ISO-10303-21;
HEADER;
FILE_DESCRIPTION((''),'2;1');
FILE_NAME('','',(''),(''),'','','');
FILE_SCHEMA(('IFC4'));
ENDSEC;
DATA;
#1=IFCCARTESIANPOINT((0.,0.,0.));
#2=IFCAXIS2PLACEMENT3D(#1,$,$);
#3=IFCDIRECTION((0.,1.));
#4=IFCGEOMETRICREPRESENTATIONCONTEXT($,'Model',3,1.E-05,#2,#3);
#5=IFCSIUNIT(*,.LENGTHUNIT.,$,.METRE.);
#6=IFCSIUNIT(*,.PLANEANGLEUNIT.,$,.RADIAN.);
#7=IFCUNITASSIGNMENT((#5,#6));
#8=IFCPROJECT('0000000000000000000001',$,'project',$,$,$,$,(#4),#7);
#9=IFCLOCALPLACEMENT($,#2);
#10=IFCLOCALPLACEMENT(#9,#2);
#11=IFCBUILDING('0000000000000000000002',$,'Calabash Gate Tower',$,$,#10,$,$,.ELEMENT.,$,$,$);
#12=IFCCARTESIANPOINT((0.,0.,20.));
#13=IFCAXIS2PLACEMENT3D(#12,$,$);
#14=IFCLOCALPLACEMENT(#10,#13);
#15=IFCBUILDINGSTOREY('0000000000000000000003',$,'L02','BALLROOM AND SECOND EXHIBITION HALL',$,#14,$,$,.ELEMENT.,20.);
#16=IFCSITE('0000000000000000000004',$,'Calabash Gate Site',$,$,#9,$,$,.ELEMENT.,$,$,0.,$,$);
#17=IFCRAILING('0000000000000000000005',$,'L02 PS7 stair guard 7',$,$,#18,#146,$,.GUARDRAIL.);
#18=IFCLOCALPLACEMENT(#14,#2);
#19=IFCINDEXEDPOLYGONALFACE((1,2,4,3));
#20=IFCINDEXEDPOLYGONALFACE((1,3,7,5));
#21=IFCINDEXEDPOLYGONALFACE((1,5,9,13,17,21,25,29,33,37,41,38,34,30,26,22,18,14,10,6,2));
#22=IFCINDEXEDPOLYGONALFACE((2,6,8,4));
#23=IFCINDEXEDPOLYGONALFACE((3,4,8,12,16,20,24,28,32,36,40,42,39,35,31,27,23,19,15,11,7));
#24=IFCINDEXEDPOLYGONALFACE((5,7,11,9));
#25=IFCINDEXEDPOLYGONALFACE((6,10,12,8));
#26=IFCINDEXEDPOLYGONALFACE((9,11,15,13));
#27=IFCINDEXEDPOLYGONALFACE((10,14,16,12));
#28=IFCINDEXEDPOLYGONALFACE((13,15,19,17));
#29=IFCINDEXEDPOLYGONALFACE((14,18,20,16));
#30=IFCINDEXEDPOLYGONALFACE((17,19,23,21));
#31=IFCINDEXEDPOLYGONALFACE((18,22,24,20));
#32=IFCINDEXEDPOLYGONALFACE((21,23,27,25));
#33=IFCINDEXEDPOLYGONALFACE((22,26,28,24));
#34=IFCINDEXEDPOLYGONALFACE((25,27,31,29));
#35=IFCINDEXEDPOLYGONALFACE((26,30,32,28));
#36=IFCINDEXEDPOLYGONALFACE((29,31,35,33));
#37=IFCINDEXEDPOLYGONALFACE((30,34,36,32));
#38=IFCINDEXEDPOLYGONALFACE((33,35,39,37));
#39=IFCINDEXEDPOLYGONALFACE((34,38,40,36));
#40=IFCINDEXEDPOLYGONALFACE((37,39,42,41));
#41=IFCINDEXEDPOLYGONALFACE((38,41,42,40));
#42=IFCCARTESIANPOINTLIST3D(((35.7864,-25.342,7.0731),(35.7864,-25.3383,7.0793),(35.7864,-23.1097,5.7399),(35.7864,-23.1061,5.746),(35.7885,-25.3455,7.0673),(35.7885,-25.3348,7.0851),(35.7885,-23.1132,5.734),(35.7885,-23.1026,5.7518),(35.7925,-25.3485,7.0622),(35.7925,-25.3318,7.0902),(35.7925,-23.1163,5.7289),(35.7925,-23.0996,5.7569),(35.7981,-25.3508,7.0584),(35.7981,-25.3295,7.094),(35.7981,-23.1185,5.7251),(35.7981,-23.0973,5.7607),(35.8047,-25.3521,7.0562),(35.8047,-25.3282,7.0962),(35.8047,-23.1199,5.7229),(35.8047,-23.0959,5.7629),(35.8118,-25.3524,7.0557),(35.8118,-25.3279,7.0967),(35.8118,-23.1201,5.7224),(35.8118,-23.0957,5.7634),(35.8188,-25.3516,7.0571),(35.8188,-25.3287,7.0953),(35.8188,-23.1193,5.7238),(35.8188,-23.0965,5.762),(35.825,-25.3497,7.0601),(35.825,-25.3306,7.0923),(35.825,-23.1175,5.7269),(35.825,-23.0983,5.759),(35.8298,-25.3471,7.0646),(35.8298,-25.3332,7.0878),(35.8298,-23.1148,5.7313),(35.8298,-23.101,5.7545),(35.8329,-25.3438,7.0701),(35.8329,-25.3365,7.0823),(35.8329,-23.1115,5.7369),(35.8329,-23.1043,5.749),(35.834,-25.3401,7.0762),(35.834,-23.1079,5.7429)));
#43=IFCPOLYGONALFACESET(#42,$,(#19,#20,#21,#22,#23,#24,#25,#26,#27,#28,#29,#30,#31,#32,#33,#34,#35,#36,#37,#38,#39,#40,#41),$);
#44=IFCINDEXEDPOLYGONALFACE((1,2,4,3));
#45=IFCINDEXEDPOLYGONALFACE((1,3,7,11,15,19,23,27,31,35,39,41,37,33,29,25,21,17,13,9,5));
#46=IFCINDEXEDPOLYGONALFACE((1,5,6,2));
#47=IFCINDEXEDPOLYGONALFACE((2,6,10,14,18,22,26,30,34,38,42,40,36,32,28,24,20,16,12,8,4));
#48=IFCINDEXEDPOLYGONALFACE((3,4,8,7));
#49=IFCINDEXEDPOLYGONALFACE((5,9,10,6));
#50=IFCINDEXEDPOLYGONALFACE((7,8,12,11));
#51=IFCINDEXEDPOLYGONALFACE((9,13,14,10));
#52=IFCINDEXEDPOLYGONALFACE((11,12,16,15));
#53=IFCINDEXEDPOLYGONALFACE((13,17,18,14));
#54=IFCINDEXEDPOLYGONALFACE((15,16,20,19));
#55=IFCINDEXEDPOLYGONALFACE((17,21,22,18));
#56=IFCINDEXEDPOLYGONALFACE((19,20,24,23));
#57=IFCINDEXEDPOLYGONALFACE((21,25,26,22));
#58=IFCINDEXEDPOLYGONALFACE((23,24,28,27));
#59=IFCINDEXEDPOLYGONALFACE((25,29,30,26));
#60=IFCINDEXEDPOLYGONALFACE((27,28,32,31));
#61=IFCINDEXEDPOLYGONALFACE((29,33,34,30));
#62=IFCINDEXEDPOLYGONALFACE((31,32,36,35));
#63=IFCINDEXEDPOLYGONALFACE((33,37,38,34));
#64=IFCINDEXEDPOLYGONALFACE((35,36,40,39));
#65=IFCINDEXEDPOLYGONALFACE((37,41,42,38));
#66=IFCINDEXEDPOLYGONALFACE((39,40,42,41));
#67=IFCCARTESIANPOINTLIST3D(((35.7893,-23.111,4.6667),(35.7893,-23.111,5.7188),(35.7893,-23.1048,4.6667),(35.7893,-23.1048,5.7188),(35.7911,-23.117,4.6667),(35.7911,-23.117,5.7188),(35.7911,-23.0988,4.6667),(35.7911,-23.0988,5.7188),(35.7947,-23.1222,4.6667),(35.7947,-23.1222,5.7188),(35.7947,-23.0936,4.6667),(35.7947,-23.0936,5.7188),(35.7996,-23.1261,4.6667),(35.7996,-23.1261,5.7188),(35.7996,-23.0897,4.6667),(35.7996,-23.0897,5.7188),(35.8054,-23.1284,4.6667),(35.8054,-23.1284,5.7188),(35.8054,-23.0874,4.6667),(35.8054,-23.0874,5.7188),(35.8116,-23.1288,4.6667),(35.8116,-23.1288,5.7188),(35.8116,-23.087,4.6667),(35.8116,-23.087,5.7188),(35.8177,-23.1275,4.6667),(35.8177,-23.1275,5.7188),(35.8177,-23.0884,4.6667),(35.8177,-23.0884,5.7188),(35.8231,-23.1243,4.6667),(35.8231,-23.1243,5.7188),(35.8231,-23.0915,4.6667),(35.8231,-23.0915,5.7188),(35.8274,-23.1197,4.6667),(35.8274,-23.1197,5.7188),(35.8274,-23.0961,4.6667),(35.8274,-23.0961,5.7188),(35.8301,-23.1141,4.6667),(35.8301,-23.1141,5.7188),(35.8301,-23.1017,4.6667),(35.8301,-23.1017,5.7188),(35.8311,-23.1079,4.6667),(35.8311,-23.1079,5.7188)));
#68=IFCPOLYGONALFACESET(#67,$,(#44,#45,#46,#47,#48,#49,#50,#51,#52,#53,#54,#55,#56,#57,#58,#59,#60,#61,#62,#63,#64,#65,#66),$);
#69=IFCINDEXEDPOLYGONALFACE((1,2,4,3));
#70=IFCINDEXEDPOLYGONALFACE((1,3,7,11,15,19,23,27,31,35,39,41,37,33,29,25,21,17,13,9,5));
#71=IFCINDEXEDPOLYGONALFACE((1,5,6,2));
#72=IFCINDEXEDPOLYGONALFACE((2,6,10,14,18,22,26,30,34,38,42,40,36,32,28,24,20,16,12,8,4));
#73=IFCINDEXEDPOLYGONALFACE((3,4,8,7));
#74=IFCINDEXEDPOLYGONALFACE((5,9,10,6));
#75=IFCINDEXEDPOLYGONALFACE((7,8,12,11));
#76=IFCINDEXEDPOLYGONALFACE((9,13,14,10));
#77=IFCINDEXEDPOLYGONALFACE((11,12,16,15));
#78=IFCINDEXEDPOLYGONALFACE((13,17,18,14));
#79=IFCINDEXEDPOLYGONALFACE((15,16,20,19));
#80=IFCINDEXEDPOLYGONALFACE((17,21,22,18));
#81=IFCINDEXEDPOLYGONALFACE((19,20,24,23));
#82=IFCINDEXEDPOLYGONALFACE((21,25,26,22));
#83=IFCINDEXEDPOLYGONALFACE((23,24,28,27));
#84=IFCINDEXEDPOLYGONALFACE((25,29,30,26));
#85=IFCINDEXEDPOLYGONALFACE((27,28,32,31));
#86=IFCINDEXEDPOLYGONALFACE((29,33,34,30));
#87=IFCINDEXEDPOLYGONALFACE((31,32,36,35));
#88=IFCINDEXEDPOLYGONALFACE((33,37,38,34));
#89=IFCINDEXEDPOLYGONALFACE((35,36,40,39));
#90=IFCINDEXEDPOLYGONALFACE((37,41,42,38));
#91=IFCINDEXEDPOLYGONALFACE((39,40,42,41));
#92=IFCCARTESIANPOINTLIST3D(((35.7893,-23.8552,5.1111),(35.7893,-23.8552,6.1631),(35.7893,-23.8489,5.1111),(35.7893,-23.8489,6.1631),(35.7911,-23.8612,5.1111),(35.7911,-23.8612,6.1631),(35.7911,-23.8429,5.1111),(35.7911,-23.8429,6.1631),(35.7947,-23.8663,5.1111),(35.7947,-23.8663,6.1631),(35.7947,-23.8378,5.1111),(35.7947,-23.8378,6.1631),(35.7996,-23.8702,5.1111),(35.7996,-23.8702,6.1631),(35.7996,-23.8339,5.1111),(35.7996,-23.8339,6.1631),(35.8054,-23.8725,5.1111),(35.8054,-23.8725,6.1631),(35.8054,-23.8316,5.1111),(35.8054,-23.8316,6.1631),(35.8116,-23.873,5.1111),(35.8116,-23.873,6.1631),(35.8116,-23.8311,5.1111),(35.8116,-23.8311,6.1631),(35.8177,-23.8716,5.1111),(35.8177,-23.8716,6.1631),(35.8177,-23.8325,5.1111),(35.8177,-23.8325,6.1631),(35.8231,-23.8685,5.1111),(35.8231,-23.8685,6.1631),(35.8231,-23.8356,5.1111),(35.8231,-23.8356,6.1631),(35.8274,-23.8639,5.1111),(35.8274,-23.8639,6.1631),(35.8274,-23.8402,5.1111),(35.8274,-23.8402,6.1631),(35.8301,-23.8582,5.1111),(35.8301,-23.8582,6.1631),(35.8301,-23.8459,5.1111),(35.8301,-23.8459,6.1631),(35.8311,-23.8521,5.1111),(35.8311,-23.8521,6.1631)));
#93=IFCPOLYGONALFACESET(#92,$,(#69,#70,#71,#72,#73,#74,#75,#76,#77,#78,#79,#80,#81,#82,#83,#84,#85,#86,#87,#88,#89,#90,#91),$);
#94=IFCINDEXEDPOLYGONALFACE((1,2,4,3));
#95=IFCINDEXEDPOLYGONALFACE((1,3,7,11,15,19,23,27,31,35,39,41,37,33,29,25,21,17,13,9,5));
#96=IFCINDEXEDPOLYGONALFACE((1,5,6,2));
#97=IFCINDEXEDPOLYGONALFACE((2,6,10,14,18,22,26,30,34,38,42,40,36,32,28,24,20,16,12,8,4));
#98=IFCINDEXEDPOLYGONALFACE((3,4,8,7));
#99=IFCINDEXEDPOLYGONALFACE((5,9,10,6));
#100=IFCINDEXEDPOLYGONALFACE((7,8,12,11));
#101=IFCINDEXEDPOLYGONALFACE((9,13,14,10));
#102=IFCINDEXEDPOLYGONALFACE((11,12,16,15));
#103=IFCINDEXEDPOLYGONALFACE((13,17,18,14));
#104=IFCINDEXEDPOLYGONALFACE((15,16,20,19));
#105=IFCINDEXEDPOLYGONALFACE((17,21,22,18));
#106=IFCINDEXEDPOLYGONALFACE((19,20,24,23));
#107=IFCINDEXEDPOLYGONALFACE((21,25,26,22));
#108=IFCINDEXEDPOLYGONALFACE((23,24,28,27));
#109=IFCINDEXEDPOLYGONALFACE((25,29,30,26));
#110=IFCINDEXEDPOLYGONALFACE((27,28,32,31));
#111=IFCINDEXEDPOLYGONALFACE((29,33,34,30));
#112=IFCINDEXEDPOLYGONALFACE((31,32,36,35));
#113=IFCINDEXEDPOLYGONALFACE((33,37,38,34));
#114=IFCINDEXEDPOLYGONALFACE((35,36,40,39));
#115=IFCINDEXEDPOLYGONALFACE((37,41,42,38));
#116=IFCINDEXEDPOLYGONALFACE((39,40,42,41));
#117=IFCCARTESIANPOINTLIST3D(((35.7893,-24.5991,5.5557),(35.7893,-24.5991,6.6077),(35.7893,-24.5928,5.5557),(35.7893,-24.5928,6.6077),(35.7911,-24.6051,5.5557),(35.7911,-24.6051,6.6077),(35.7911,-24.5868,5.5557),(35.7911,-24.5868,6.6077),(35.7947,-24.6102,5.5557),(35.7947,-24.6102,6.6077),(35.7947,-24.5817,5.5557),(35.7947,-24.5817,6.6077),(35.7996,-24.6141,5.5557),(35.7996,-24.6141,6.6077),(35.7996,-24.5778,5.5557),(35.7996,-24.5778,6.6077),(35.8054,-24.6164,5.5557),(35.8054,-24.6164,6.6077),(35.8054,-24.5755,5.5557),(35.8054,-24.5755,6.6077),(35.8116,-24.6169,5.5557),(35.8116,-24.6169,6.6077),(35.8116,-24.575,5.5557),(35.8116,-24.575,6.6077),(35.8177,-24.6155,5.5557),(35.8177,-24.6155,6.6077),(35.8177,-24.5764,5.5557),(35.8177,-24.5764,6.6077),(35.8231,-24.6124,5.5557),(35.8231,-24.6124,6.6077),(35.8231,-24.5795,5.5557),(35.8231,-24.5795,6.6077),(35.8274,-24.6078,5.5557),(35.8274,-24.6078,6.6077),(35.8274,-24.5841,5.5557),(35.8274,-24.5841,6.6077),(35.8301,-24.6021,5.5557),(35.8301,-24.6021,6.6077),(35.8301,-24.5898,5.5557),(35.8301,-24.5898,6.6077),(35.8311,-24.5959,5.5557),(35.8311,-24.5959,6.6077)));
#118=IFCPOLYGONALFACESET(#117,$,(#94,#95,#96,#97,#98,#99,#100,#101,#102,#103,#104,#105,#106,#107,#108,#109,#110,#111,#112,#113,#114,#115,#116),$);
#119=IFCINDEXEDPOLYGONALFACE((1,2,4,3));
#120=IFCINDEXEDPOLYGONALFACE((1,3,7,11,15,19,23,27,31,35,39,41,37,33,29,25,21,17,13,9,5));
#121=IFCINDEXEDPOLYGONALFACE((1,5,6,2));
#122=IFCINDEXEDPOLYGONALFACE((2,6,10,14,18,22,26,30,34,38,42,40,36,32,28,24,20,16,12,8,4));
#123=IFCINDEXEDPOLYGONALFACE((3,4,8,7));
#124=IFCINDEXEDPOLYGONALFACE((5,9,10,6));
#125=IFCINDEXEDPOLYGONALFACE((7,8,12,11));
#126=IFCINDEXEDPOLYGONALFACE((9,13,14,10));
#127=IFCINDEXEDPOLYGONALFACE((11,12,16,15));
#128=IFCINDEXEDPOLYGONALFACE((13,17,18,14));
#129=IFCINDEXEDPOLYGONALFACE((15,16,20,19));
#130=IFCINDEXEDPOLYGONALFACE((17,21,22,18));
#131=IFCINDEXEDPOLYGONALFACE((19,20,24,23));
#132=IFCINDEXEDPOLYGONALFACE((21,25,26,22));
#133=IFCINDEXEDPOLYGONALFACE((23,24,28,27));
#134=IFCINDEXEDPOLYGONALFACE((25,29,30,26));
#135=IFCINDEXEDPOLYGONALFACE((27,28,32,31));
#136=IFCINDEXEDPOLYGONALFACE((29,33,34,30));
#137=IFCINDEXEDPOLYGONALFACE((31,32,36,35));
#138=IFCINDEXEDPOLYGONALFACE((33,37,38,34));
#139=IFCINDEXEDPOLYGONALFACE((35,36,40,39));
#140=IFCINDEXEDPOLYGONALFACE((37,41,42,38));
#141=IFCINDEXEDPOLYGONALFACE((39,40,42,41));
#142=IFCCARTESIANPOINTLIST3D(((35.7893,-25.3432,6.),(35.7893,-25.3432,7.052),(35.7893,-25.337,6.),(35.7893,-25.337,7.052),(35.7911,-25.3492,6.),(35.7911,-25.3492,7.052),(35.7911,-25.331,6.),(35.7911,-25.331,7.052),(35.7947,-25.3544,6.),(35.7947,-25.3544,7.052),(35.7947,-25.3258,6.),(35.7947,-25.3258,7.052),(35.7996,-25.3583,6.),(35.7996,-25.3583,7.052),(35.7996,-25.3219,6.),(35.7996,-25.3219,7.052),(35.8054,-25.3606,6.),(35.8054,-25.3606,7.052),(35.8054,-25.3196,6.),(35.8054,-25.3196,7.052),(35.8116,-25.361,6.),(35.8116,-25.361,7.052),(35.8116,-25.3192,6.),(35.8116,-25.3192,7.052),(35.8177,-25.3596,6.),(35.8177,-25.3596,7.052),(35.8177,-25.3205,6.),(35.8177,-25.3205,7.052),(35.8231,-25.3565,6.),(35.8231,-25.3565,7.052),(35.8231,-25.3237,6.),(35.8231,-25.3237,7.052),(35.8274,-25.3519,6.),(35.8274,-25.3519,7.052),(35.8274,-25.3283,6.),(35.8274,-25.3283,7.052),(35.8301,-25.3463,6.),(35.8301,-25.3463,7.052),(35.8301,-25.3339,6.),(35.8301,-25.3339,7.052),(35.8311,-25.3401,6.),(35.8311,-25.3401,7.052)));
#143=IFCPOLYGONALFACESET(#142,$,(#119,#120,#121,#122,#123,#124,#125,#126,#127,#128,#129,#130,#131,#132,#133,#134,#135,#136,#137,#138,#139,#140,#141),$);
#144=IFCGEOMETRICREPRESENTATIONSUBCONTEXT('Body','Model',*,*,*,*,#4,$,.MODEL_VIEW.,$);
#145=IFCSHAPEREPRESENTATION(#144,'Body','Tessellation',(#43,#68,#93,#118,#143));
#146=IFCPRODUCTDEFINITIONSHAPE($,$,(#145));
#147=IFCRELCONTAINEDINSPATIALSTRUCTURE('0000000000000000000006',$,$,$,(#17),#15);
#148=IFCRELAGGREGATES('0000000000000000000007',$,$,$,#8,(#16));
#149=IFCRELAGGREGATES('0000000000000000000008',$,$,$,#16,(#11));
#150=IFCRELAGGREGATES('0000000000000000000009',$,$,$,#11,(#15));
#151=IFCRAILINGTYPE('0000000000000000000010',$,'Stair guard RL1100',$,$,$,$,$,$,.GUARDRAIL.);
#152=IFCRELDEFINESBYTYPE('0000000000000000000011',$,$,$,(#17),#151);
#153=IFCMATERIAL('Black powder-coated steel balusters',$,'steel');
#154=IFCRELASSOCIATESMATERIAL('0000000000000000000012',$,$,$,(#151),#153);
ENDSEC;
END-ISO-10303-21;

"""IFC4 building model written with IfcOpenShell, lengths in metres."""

from ifc_helpers import new_model, si_unit, direction, frame, origin, origin_2d, place, context, subcontext, project, spatial, circle, extrude, material, type_object, element, save


model = new_model("IFC4")

# Units and contexts
model_context = context("Model", 3, precision=1e-05, world=origin(), true_north=direction((0.0, 1.0)))
body_context = subcontext(model_context, "Body", "Model", "MODEL_VIEW")
ifc_project = project(units=[si_unit("LENGTHUNIT", "METRE"), si_unit("PLANEANGLEUNIT", "RADIAN")], contexts=[model_context])

# Site, building, storey
site_placement = place(None, origin())
site = spatial("IfcSite", under=ifc_project, at=site_placement, Name="Calabash Gate Site", CompositionType="ELEMENT", RefElevation=0.0)
building_placement = place(site_placement, origin())
building = spatial("IfcBuilding", under=site, at=building_placement, Name="Calabash Gate Tower", CompositionType="ELEMENT")
storey_placement = place(building_placement, frame((0.0, 0.0, 20.0)))
storey = spatial("IfcBuildingStorey", under=building, at=storey_placement, Name="L02", Description="BALLROOM AND SECOND EXHIBITION HALL", CompositionType="ELEMENT", Elevation=20.0)

# Railing
ifc_material_1 = material(Name="Black powder-coated steel balusters", Category="steel")
railing_type_1 = type_object("IfcRailingType", Name="Stair guard RL1100", PredefinedType="GUARDRAIL", material=ifc_material_1)
railing_1_placement = place(storey_placement, frame((35.8101, -23.1079, 4.6667)))
element("IfcRailing", 1, at=railing_1_placement, inside=storey, type_object=railing_type_1, Name="L02 PS7 stair guard 7", PredefinedType="GUARDRAIL", context=body_context, shape_type="SweptSolid", body=[
    extrude(circle(Radius=0.0239, at=origin_2d()), frame((0.0, 0.0, 1.0762), z_axis=(0.0, -0.858519, 0.512782), x_axis=(1.0, 0.0, 0.0)), (0.0, 0.0, 1.0), 2.6001),
    extrude(circle(Radius=0.021, at=origin_2d()), origin(), (0.0, 0.0, 1.0), 1.052),
    extrude(circle(Radius=0.021, at=origin_2d()), frame((0.0, -0.7441, 0.4443)), (0.0, 0.0, 1.0), 1.052),
    extrude(circle(Radius=0.021, at=origin_2d()), frame((0.0, -1.488, 0.8889)), (0.0, 0.0, 1.0), 1.052),
    extrude(circle(Radius=0.021, at=origin_2d()), frame((0.0, -2.2322, 1.3333)), (0.0, 0.0, 1.0), 1.052),
])

save(model, "model.ifc")
